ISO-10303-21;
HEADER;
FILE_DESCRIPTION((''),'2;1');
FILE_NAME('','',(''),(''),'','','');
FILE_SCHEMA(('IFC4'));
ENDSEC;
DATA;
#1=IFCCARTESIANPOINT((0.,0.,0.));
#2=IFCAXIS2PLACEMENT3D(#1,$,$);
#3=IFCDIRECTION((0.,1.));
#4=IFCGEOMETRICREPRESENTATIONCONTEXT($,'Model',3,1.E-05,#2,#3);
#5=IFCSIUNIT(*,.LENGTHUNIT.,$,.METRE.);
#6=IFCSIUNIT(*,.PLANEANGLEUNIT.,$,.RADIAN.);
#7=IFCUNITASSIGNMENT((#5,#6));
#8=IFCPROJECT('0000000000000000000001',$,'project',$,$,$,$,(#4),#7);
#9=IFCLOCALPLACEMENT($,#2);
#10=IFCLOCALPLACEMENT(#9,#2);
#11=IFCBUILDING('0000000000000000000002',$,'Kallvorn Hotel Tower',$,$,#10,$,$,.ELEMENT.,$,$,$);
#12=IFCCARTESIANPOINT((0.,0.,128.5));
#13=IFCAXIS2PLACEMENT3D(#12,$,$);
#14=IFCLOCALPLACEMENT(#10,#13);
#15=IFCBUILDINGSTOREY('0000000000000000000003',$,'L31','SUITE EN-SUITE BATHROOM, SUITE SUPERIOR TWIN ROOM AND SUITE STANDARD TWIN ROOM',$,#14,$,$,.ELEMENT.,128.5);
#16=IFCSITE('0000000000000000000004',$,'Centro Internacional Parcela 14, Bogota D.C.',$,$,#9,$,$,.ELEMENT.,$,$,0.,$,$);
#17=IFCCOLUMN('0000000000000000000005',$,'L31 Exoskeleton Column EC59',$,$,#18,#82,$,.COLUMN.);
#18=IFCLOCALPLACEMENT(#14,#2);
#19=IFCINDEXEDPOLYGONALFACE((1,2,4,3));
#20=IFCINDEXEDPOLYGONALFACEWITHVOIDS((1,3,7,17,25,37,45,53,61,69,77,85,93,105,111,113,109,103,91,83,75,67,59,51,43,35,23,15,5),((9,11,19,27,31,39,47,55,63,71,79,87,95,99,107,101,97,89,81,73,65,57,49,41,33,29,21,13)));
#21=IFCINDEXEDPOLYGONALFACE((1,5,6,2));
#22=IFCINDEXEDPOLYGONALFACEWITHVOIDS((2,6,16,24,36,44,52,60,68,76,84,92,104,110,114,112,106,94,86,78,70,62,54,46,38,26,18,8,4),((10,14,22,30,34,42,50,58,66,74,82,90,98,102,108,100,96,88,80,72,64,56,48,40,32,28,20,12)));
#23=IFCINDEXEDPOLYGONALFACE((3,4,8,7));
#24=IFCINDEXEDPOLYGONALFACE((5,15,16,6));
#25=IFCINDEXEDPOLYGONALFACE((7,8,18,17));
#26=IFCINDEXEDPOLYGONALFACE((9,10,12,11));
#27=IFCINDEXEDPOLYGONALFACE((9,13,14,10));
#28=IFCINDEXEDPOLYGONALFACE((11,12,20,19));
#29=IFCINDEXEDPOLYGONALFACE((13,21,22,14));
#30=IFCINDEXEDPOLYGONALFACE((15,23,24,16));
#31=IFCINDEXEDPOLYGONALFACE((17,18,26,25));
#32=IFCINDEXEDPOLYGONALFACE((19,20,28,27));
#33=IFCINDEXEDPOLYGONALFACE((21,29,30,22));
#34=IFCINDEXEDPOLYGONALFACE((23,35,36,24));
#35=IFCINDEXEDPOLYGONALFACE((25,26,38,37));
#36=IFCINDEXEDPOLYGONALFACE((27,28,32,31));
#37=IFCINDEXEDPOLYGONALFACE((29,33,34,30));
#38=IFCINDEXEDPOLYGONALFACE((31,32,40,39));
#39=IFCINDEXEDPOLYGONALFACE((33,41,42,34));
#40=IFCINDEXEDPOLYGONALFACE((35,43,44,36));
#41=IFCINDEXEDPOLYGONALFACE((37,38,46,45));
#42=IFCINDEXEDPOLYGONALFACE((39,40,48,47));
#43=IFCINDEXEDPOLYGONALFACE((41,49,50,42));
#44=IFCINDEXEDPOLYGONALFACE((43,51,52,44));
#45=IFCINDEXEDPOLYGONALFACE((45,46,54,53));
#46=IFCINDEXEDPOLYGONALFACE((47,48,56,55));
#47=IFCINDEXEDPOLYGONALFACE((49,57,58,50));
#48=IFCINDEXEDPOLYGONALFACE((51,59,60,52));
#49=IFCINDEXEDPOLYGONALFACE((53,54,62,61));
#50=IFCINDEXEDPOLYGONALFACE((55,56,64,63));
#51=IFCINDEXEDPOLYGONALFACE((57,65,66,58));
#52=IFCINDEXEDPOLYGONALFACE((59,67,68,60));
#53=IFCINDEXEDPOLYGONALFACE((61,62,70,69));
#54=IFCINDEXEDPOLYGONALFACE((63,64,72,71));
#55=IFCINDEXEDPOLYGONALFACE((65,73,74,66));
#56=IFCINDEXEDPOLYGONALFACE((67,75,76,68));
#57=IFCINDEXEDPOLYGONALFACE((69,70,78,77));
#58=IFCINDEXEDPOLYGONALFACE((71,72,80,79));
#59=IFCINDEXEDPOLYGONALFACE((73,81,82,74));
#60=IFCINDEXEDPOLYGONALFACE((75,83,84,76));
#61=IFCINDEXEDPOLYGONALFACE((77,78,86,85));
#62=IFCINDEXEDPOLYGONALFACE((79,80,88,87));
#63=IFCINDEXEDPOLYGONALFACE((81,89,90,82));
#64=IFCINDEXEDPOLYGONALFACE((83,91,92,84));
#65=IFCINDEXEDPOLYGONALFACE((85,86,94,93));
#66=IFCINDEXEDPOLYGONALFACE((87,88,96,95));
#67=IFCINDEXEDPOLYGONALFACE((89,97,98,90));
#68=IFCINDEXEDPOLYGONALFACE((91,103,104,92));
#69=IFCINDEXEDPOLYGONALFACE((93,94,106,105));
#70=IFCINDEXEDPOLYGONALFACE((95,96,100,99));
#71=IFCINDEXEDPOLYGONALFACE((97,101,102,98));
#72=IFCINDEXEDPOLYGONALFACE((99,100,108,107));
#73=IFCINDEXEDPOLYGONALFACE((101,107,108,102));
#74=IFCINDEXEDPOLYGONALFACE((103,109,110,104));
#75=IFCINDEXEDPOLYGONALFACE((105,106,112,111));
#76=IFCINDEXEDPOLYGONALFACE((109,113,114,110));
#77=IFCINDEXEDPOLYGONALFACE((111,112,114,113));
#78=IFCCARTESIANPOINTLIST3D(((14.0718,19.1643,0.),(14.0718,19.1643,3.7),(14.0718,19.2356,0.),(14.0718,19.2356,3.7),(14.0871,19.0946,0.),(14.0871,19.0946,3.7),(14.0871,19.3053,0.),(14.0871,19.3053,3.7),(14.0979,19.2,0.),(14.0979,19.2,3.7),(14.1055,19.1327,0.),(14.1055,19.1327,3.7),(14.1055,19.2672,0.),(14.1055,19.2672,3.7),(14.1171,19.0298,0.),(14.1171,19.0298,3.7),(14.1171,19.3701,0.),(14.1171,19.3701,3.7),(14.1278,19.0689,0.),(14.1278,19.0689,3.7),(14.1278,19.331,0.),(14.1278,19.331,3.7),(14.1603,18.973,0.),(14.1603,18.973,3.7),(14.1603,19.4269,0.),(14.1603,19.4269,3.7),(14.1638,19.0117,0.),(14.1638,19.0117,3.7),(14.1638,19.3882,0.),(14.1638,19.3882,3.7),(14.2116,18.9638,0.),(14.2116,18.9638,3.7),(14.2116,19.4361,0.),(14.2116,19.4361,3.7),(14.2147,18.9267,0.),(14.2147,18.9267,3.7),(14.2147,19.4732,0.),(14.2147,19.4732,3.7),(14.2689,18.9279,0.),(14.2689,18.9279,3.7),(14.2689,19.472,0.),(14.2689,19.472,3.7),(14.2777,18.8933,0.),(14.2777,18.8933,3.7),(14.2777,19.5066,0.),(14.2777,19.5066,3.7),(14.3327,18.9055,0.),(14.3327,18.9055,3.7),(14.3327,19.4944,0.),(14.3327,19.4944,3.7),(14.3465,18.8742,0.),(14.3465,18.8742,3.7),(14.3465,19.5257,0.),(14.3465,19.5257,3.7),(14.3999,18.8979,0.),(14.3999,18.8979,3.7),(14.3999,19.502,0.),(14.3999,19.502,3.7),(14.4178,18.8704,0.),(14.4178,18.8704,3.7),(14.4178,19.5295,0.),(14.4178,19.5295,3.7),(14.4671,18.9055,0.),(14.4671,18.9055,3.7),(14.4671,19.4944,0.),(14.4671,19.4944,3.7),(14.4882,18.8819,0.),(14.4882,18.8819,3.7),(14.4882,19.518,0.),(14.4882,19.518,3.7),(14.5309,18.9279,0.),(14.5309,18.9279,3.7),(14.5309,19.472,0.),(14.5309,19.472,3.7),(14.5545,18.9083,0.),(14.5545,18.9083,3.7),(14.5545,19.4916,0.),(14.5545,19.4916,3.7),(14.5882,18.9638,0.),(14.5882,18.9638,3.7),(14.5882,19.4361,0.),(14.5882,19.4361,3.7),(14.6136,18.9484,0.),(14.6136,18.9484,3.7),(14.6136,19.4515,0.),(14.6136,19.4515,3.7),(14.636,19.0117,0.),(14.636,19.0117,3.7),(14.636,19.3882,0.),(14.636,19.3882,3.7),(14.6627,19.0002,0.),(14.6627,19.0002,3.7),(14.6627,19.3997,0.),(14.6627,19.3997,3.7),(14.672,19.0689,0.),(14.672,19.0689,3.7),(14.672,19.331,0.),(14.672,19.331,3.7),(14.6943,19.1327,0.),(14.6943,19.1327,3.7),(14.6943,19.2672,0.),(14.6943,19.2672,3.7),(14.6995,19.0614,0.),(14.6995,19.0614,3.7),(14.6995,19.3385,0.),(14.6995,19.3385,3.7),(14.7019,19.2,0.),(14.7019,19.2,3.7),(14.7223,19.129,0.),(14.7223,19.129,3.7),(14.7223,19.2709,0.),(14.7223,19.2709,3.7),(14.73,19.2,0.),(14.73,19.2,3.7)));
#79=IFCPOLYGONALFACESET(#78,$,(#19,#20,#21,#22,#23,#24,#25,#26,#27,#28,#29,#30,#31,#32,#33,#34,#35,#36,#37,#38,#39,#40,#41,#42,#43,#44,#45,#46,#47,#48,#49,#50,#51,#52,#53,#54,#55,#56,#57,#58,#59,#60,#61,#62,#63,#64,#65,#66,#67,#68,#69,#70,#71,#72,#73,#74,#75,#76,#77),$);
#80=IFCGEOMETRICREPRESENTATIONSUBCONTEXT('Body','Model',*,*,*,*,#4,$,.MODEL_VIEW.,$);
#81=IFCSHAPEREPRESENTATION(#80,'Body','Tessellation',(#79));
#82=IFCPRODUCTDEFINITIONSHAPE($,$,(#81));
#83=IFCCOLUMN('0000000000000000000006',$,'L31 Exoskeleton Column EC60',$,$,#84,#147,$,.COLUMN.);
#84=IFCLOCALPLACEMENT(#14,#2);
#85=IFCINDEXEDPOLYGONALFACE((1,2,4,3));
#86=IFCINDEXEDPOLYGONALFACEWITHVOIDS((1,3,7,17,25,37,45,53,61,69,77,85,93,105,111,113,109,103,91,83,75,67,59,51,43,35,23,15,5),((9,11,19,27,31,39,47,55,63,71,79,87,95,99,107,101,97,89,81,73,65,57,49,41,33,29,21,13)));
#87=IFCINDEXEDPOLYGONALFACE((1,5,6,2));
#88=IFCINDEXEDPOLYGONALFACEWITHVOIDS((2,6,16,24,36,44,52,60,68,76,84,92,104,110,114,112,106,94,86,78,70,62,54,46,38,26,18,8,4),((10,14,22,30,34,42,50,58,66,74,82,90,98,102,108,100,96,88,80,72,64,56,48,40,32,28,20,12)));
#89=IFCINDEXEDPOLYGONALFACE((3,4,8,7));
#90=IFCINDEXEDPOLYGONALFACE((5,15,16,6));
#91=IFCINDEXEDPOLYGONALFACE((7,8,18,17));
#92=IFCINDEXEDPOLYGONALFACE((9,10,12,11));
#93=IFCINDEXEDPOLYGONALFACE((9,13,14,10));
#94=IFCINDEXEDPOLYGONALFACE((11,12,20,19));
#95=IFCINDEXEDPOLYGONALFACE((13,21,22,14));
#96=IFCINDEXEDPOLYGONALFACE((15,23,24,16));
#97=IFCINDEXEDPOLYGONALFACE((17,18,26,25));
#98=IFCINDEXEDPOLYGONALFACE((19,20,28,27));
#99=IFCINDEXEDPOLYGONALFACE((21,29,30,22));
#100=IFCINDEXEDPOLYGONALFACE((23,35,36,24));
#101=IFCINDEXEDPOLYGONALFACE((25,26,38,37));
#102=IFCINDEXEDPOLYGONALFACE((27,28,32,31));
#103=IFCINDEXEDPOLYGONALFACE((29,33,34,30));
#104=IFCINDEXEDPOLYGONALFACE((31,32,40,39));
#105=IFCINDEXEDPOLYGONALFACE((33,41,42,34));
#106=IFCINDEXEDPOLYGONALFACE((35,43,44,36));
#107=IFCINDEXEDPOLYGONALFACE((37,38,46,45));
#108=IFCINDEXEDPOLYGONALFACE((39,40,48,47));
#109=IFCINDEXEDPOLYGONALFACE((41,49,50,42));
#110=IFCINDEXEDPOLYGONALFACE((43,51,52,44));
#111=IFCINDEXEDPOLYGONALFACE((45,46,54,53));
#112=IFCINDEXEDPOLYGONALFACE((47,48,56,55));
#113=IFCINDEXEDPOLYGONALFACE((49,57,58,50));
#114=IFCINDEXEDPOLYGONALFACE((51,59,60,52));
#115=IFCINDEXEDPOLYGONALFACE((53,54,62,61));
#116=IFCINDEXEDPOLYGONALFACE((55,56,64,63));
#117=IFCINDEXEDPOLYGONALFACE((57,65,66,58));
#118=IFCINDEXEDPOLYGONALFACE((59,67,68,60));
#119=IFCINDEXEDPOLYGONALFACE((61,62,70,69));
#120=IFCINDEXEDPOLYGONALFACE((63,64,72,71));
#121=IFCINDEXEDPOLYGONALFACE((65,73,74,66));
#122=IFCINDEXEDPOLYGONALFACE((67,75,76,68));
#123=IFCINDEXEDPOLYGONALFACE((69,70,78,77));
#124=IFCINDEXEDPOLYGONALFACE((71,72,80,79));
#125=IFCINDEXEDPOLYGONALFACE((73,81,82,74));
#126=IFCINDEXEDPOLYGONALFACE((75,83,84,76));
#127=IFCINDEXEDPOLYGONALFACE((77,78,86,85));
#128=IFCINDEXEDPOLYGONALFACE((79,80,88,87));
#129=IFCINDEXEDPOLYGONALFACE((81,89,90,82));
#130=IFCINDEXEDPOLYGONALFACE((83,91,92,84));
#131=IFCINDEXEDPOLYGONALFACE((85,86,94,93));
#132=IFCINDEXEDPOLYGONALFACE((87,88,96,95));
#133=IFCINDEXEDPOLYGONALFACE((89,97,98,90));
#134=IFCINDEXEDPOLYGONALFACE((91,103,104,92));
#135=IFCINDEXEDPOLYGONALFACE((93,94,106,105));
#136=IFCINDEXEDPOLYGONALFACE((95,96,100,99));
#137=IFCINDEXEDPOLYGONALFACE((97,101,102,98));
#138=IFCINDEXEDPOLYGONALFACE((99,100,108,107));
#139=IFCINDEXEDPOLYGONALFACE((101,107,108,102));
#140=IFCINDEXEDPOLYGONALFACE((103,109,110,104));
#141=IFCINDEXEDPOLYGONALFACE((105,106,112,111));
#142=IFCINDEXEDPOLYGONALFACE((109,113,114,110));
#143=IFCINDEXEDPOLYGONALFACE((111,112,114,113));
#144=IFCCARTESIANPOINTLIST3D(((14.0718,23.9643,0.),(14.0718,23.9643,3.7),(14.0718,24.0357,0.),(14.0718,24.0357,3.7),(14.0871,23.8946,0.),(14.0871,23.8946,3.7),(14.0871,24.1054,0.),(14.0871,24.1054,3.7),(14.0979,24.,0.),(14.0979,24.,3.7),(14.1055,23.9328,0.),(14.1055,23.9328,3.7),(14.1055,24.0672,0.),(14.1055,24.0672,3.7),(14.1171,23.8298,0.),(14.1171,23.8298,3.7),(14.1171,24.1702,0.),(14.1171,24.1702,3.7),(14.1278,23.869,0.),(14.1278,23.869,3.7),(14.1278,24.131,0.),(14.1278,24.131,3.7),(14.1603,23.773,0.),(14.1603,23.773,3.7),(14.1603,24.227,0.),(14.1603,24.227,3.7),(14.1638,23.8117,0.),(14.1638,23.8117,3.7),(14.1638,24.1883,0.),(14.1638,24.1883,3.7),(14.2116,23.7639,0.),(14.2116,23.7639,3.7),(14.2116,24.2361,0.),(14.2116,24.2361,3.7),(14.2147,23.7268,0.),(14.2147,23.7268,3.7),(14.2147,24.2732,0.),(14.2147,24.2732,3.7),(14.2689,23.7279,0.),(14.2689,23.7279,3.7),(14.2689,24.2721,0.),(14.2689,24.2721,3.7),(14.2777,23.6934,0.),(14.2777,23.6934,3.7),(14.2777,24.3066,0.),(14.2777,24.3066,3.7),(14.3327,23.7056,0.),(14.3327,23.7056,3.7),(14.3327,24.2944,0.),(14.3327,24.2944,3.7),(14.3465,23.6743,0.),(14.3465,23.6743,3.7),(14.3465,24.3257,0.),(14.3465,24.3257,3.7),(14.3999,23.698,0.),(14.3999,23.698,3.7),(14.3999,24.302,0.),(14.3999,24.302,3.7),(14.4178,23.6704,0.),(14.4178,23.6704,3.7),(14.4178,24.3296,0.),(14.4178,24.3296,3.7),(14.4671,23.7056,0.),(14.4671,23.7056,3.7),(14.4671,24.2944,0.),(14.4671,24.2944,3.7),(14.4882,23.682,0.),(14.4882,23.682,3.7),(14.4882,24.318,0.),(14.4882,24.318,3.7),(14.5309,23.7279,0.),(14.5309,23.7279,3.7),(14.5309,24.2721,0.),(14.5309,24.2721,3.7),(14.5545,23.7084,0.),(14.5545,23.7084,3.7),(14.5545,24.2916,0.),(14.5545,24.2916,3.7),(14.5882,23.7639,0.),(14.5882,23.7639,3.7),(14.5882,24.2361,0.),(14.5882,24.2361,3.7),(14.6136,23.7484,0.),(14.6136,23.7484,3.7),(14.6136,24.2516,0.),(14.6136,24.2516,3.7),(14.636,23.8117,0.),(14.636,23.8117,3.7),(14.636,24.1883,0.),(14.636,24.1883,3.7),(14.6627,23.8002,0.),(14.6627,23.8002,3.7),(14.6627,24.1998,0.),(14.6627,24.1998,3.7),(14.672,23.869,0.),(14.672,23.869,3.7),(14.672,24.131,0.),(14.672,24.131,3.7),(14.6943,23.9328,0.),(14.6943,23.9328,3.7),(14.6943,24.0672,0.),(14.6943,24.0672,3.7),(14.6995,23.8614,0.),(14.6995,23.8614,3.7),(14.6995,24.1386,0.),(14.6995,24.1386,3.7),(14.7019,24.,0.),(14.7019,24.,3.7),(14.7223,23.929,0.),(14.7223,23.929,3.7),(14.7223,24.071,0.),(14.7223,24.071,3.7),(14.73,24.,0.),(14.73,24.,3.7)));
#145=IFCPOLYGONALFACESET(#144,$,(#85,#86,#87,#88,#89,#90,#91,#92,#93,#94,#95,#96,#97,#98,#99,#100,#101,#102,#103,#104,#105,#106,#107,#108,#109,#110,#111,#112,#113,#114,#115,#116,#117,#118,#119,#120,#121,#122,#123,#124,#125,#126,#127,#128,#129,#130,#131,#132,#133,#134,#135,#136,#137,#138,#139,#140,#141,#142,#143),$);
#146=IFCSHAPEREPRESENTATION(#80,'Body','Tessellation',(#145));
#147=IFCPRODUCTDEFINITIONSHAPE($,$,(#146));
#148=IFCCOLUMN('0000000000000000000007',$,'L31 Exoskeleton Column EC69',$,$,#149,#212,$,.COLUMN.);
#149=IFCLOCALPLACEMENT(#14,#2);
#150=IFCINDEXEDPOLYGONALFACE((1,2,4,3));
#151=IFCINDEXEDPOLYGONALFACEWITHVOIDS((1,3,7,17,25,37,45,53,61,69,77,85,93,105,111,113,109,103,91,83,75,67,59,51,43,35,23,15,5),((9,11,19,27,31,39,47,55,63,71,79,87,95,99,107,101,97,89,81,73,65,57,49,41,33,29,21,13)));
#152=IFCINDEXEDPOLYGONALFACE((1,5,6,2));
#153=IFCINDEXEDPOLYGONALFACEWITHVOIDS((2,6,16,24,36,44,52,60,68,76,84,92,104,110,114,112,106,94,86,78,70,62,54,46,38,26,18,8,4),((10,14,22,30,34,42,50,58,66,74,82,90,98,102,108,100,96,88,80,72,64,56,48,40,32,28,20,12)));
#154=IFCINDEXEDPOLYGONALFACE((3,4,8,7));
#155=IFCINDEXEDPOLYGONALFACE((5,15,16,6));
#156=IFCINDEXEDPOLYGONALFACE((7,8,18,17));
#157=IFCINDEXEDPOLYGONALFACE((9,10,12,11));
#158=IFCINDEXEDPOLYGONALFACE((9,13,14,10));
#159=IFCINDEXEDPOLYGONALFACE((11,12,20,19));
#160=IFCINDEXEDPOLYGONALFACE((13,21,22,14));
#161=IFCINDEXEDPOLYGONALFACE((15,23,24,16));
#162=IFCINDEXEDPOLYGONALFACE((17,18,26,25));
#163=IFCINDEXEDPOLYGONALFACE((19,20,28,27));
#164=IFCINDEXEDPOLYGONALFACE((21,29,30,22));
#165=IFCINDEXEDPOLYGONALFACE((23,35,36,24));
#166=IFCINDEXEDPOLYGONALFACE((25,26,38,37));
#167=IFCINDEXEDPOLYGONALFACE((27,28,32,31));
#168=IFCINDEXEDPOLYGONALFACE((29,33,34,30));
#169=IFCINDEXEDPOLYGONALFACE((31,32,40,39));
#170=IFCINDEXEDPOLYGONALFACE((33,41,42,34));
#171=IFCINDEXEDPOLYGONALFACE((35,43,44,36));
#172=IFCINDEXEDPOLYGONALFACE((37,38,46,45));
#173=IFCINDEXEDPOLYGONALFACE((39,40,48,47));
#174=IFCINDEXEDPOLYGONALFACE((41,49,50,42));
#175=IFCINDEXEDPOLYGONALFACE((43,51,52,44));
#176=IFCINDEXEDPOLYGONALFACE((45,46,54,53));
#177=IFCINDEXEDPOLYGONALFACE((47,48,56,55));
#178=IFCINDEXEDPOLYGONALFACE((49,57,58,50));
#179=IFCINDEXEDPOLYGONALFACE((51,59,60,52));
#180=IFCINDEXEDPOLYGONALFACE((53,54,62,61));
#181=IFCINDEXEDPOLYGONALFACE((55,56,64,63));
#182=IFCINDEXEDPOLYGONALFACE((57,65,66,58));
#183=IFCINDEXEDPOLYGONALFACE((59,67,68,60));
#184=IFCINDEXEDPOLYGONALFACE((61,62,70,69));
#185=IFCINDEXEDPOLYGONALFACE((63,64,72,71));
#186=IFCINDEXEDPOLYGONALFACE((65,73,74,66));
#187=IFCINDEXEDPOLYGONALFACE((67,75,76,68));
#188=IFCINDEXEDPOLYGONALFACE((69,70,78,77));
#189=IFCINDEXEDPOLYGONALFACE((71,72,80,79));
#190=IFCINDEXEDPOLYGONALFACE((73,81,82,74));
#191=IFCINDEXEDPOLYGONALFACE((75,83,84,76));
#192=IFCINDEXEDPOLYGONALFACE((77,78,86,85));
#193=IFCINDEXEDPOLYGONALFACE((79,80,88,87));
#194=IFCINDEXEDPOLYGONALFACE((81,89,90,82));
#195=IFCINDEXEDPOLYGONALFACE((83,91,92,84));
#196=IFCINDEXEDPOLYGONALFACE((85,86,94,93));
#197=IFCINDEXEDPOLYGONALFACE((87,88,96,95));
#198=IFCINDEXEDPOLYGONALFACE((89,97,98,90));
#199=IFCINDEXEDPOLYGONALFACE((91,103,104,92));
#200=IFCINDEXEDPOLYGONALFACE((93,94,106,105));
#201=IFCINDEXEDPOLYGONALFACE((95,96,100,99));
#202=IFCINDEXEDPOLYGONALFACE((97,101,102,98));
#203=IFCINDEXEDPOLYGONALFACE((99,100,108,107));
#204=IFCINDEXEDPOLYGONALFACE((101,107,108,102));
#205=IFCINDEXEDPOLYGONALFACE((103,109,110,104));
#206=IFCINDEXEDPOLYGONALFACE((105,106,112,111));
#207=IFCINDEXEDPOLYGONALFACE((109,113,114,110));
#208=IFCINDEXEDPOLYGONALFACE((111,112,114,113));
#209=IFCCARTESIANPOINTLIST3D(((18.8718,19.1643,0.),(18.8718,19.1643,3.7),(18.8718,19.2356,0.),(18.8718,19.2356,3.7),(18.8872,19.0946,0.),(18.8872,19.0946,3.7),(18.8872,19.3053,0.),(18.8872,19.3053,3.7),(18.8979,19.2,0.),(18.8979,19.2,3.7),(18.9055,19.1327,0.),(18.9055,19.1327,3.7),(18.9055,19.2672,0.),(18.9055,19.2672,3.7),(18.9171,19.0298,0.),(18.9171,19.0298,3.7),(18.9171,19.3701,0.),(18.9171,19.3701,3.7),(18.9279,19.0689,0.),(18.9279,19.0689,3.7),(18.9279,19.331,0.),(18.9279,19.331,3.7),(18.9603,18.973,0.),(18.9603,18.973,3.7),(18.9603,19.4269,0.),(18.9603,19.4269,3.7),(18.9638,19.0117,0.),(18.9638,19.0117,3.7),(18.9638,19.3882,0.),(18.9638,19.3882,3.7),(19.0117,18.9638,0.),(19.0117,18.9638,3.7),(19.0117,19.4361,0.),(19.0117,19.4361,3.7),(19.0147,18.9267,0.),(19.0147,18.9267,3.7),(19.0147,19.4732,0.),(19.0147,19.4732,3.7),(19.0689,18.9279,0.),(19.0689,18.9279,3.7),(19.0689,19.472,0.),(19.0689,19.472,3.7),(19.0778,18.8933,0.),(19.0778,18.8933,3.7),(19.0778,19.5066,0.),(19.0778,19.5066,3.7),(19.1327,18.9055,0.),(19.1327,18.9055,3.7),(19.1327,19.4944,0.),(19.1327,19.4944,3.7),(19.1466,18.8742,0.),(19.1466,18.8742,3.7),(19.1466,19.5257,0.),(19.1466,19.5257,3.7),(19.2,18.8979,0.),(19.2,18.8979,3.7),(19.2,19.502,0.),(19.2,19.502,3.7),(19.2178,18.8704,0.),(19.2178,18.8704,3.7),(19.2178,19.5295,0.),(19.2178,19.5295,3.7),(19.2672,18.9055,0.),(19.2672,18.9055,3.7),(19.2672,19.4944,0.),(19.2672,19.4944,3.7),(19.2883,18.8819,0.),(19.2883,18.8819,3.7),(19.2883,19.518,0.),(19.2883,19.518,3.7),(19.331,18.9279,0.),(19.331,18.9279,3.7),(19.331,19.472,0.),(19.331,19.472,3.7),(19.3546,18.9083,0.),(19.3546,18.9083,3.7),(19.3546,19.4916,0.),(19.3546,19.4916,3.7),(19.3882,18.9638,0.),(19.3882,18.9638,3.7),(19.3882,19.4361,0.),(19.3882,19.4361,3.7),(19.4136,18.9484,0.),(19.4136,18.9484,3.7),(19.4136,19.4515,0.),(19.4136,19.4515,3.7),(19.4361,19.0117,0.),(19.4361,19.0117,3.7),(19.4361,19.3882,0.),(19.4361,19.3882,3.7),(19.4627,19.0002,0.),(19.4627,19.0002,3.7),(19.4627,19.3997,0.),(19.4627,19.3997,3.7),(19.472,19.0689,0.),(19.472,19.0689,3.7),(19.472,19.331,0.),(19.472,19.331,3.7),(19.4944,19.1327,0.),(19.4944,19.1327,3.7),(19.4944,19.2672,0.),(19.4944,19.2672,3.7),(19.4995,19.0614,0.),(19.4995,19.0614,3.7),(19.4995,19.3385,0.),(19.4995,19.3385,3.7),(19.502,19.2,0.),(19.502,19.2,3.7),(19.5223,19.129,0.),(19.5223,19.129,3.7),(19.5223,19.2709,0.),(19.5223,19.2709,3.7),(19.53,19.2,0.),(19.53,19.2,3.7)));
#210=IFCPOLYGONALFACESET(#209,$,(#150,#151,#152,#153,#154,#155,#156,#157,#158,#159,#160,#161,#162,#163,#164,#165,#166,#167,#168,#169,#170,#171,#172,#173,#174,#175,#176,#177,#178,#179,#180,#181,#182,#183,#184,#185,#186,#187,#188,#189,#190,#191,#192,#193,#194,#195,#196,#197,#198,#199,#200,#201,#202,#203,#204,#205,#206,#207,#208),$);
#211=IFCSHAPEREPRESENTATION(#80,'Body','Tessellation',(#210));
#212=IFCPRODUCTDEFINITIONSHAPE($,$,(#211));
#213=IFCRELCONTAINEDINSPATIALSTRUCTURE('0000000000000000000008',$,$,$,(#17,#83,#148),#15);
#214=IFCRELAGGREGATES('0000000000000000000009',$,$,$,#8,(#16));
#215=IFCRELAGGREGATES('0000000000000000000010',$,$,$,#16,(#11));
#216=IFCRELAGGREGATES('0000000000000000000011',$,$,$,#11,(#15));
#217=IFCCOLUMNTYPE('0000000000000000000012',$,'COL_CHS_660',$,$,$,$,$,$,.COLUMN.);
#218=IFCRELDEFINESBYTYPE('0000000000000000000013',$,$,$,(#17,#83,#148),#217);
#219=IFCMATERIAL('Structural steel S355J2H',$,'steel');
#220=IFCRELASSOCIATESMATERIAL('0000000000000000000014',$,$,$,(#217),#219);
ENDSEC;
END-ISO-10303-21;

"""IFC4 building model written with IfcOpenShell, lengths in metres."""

from ifc_helpers import new_model, si_unit, direction, frame, origin, origin_2d, place, context, subcontext, project, spatial, hollow_circle, extrude, material, material_profile, profile_set, type_object, element, save


model = new_model("IFC4")

# Units and contexts
model_context = context("Model", 3, precision=1e-05, world=origin(), true_north=direction((0.0, 1.0)))
body_context = subcontext(model_context, "Body", "Model", "MODEL_VIEW")
ifc_project = project(units=[si_unit("LENGTHUNIT", "METRE"), si_unit("PLANEANGLEUNIT", "RADIAN")], contexts=[model_context])

# Site, building, storey
site_placement = place(None, origin())
site = spatial("IfcSite", under=ifc_project, at=site_placement, Name="Centro Internacional Parcela 14, Bogota D.C.", CompositionType="ELEMENT", RefElevation=0.0)
building_placement = place(site_placement, origin())
building = spatial("IfcBuilding", under=site, at=building_placement, Name="Kallvorn Hotel Tower", CompositionType="ELEMENT")
storey_placement = place(building_placement, frame((0.0, 0.0, 128.5)))
storey = spatial("IfcBuildingStorey", under=building, at=storey_placement, Name="L31", Description="SUITE EN-SUITE BATHROOM, SUITE SUPERIOR TWIN ROOM AND SUITE STANDARD TWIN ROOM", CompositionType="ELEMENT", Elevation=128.5)

# Columns
ifc_material_1 = material(Name="Structural steel S355J2H", Category="steel")
ifc_material_profile_1 = material_profile(ifc_material_1, hollow_circle(Radius=0.3301, WallThickness=0.0281, at=origin_2d()), Name="CHS 660x28")
ifc_profile_set_1 = profile_set([ifc_material_profile_1], Name="Structural steel S355J2H")
column_type = type_object("IfcColumnType", Name="COL_CHS_660", PredefinedType="COLUMN", material=ifc_profile_set_1)
for number, where, z_axis, x_axis, name in (
    (1, (14.3999, 19.2, 0.0), (0.0, 0.0, 1.0), (1.0, 0.0, 0.0), "L31 Exoskeleton Column EC59"),
    (2, (14.3999, 24.0, 0.0), (0.0, 0.0, 1.0), (1.0, 0.0, 0.0), "L31 Exoskeleton Column EC60"),
    (3, (19.2, 19.2, 0.0), (0.0, 0.0, 1.0), (1.0, 0.0, 0.0), "L31 Exoskeleton Column EC69"),
):
    element("IfcColumn", number, at=place(storey_placement, frame(where, z_axis=z_axis, x_axis=x_axis)), inside=storey, type_object=column_type, Name=name, PredefinedType="COLUMN", context=body_context, shape_type="SweptSolid", body=[
        extrude(hollow_circle(Radius=0.3301, WallThickness=0.0281, at=origin_2d()), origin(), (0.0, 0.0, 1.0), 3.7),
    ])

save(model, "model.ifc")
